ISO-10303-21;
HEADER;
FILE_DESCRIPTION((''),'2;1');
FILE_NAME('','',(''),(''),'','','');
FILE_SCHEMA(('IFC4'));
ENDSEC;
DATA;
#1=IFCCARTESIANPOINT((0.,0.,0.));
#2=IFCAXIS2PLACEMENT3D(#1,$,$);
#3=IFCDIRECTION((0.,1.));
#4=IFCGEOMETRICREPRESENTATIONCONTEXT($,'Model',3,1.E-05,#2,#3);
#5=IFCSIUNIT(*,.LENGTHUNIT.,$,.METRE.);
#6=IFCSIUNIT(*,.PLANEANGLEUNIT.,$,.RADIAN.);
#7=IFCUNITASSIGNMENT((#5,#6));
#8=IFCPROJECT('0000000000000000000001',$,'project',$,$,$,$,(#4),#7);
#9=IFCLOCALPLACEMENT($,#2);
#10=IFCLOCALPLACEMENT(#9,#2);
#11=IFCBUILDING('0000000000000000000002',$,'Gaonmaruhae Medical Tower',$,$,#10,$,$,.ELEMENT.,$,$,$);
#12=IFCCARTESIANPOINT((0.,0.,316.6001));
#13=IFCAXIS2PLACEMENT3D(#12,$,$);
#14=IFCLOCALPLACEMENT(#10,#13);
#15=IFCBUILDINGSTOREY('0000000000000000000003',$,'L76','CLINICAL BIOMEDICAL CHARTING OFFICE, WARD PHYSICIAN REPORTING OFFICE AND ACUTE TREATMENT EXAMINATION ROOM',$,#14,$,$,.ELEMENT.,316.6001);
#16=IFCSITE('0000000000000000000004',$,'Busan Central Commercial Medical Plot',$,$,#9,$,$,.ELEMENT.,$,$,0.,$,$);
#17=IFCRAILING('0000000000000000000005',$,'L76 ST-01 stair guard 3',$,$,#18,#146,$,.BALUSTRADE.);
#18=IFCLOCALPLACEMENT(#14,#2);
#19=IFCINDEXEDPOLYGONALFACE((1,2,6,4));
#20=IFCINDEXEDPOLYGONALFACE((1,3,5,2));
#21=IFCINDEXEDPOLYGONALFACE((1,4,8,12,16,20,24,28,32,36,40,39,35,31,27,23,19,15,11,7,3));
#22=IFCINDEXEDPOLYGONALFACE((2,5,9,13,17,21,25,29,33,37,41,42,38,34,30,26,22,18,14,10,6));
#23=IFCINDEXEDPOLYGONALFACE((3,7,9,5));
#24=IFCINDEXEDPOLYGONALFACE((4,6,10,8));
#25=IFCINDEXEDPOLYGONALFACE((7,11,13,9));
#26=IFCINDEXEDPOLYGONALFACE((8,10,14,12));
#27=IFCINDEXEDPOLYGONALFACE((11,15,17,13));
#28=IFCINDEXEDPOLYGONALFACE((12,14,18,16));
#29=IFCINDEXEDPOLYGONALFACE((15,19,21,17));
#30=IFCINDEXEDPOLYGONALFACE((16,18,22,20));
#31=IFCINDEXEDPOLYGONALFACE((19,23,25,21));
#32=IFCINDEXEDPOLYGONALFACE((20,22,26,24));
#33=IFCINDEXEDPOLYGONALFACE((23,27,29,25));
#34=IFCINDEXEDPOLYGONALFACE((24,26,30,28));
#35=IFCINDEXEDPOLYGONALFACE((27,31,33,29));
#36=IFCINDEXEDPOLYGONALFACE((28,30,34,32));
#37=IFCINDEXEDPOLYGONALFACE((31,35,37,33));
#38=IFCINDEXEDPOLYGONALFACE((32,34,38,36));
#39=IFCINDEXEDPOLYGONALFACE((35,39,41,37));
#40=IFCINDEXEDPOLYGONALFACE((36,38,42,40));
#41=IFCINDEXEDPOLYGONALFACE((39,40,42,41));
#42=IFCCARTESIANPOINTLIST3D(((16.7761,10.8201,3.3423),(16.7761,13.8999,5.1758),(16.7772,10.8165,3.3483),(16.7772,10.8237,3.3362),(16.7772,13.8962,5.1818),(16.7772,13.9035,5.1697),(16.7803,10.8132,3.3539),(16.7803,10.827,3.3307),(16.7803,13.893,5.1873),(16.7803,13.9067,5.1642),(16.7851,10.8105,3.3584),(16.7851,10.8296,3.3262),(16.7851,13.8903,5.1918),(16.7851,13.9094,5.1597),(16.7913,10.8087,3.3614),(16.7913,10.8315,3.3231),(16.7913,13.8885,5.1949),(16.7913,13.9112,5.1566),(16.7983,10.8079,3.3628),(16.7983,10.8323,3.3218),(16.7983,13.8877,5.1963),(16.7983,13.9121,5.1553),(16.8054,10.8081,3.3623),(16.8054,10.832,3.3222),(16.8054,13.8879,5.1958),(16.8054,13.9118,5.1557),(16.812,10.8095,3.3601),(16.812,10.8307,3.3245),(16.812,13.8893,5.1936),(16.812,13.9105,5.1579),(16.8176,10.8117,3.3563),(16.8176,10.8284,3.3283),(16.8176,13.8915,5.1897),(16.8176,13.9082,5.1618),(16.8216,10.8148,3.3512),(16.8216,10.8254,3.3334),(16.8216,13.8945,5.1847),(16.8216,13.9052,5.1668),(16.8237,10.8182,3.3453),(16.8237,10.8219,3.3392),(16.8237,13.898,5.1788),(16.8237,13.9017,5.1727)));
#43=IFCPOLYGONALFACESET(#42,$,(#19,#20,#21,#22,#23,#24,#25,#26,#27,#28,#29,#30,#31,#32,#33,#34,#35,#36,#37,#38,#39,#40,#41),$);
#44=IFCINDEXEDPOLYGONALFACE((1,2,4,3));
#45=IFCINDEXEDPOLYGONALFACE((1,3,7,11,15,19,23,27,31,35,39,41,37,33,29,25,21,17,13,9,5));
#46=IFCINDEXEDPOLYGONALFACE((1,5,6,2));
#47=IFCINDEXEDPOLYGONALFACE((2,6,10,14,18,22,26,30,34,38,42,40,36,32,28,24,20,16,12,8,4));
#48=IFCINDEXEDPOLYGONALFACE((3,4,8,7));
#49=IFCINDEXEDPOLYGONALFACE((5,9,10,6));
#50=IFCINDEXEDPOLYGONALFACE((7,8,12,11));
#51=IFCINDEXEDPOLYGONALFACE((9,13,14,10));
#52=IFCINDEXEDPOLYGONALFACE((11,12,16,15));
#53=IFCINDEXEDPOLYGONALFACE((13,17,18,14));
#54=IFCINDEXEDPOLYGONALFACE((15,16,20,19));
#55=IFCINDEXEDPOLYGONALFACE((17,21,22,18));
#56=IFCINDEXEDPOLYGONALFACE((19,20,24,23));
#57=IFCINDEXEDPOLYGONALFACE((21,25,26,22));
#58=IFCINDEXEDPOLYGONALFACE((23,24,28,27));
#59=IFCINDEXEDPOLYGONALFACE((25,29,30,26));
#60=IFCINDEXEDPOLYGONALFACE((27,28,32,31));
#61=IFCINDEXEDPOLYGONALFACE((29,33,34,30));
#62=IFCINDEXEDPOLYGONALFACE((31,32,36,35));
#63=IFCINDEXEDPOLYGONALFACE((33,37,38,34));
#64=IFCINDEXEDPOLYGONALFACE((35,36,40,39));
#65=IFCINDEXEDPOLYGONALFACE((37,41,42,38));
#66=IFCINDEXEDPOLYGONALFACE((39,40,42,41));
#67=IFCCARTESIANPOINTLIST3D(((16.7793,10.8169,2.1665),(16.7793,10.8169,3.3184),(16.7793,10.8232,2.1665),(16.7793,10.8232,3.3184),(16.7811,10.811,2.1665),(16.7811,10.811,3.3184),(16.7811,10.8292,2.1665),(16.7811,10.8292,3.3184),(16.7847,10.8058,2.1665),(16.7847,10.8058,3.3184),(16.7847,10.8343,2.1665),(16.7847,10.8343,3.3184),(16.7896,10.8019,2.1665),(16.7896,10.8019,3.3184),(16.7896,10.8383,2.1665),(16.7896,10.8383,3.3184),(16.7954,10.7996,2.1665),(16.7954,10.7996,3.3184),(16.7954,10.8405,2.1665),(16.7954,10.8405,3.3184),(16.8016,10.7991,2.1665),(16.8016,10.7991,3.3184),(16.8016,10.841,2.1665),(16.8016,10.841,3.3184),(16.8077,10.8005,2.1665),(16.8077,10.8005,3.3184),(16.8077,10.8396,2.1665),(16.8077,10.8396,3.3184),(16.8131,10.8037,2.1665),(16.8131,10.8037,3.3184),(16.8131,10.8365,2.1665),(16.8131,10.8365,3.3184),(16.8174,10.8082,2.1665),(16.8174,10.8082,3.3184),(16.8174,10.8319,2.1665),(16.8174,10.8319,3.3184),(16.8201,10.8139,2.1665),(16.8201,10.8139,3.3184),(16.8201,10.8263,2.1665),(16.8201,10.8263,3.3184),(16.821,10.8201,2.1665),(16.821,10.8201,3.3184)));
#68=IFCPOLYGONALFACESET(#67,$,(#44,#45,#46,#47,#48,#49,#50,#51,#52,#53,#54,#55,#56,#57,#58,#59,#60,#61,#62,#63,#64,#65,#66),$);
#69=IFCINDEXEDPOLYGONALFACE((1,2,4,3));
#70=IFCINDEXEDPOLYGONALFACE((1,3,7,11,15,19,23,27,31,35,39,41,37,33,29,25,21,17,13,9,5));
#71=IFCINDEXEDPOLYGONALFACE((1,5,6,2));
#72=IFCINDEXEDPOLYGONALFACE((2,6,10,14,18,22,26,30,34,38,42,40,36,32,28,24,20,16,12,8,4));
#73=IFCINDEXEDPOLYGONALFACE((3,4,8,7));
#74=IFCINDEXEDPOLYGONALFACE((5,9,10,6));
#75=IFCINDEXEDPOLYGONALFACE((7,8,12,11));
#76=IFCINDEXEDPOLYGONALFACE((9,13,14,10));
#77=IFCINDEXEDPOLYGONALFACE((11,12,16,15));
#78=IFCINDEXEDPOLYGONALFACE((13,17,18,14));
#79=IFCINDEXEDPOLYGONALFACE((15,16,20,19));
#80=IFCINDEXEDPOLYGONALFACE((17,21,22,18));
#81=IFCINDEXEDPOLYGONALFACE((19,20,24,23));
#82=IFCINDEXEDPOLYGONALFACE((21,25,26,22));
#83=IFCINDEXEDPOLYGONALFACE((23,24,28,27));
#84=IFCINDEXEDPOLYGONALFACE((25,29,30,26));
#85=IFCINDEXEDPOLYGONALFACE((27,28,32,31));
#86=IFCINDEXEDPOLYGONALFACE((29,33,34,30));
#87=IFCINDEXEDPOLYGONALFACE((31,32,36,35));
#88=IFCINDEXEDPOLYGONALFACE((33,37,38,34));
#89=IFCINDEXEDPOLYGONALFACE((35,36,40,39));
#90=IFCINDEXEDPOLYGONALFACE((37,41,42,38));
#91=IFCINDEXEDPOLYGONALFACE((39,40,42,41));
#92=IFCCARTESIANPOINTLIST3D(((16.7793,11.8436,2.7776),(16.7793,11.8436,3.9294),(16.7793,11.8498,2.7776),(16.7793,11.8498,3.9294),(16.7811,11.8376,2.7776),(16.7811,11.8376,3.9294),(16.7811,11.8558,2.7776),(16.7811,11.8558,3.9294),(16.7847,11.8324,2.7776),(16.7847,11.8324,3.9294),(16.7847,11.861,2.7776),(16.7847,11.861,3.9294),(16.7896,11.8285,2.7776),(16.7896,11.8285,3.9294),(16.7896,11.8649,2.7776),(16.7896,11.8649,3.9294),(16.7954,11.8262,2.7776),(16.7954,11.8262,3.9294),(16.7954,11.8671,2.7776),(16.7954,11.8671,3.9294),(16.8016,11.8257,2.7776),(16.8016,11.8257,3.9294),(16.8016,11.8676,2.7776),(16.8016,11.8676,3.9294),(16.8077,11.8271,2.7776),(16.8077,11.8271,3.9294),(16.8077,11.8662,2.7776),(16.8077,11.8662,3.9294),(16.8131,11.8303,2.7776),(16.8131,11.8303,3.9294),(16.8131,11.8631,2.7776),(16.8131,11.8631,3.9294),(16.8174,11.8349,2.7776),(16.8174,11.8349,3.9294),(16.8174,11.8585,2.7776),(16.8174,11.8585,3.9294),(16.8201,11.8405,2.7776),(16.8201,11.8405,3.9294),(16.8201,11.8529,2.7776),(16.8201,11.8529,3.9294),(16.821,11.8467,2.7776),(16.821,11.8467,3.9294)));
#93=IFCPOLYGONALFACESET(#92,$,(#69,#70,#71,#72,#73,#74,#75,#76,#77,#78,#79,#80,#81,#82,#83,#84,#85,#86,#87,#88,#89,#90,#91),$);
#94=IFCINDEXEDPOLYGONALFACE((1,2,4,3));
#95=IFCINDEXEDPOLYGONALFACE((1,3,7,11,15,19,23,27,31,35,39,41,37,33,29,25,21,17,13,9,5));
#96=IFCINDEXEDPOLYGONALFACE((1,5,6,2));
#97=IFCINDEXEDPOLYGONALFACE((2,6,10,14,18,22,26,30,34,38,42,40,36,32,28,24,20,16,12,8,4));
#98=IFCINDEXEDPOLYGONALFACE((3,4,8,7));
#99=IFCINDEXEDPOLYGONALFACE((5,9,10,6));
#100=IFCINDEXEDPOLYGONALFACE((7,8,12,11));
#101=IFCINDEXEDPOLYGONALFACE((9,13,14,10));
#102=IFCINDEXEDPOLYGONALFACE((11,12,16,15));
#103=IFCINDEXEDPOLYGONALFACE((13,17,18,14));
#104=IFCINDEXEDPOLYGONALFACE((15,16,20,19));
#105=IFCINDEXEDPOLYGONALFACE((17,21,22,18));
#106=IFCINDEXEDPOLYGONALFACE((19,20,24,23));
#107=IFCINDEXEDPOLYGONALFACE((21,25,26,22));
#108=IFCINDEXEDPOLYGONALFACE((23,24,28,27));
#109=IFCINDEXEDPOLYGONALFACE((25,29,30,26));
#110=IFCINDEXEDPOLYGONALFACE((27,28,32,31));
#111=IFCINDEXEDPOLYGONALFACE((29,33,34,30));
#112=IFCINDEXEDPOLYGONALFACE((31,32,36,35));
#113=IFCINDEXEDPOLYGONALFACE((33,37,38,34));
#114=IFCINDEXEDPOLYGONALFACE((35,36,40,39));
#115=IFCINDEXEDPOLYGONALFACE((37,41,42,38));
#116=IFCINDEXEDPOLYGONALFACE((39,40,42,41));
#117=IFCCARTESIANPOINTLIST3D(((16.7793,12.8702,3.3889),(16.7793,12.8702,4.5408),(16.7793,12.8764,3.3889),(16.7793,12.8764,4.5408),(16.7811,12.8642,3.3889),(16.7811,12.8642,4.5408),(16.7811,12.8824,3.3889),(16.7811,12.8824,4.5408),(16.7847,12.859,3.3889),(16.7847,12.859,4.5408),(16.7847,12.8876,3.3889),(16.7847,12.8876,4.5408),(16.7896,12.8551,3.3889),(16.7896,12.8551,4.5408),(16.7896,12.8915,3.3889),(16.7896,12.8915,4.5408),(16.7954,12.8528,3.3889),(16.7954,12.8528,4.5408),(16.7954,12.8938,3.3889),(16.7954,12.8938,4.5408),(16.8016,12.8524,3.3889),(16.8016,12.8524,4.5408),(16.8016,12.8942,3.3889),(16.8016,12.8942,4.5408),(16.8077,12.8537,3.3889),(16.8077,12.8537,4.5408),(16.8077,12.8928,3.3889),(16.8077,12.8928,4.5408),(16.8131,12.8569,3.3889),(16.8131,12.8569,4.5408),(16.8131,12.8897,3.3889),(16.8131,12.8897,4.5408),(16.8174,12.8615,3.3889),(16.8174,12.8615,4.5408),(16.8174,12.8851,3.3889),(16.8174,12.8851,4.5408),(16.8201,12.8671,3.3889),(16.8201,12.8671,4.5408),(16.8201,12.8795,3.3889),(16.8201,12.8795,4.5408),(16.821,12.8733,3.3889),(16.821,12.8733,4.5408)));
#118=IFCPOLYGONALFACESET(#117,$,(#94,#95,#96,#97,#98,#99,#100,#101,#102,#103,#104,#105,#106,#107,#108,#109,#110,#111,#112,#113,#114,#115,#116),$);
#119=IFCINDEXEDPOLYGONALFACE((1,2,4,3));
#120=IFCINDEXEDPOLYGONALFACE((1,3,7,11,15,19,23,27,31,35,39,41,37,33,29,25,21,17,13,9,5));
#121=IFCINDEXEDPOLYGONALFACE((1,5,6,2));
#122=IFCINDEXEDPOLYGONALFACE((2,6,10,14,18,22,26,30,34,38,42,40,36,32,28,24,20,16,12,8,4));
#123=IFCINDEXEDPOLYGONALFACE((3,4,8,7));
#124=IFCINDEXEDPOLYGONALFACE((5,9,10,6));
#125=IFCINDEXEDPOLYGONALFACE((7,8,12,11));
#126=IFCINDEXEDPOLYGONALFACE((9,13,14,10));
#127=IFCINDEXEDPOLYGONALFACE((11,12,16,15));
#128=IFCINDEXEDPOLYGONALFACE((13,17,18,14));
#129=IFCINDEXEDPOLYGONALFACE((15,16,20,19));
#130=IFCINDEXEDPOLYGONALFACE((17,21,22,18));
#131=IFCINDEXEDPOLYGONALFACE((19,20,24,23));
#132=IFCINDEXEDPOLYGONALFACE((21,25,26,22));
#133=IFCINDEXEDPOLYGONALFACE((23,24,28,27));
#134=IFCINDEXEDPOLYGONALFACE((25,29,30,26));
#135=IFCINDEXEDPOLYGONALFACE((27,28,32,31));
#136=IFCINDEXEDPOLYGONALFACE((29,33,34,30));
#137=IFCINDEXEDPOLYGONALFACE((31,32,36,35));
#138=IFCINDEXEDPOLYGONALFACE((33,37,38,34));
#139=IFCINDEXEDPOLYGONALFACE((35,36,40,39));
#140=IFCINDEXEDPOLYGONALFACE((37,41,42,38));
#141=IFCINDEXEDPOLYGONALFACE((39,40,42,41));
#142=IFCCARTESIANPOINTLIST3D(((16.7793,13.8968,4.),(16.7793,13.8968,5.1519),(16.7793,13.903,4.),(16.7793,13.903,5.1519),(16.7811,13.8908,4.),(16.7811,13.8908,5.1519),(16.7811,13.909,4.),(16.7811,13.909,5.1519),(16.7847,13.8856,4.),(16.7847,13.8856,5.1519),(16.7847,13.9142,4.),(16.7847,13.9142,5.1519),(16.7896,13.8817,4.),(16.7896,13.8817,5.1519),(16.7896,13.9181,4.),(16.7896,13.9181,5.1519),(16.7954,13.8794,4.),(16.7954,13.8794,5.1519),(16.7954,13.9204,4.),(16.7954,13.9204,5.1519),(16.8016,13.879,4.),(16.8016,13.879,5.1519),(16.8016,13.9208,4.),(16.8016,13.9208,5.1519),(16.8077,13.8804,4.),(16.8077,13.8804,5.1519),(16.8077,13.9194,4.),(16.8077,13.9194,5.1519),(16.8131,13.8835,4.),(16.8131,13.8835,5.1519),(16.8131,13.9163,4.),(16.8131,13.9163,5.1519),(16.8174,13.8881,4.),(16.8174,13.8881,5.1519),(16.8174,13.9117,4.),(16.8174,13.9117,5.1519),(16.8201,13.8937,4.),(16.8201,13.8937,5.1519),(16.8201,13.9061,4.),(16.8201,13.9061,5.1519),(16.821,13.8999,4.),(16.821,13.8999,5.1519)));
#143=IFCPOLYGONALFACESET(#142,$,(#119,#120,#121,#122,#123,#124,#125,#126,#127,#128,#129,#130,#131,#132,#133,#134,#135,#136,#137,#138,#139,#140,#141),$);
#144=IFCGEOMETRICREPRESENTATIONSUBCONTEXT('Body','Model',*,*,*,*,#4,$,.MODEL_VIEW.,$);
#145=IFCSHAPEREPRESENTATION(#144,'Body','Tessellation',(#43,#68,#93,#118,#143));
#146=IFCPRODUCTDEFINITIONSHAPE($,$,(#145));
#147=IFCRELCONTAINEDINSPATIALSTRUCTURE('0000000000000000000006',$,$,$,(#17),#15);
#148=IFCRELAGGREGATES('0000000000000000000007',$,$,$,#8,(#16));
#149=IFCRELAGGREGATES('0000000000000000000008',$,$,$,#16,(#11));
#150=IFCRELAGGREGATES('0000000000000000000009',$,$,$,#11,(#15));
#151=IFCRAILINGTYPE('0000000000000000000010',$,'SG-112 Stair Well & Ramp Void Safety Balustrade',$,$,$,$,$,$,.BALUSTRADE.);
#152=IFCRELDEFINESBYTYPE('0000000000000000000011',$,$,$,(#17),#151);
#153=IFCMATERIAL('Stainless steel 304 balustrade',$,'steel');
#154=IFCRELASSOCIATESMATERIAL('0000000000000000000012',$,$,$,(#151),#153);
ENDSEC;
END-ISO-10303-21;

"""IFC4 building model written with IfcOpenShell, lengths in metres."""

from ifc_helpers import new_model, si_unit, direction, frame, origin, origin_2d, place, context, subcontext, project, spatial, circle, extrude, material, type_object, element, save


model = new_model("IFC4")

# Units and contexts
model_context = context("Model", 3, precision=1e-05, world=origin(), true_north=direction((0.0, 1.0)))
body_context = subcontext(model_context, "Body", "Model", "MODEL_VIEW")
ifc_project = project(units=[si_unit("LENGTHUNIT", "METRE"), si_unit("PLANEANGLEUNIT", "RADIAN")], contexts=[model_context])

# Site, building, storey
site_placement = place(None, origin())
site = spatial("IfcSite", under=ifc_project, at=site_placement, Name="Busan Central Commercial Medical Plot", CompositionType="ELEMENT", RefElevation=0.0)
building_placement = place(site_placement, origin())
building = spatial("IfcBuilding", under=site, at=building_placement, Name="Gaonmaruhae Medical Tower", CompositionType="ELEMENT")
storey_placement = place(building_placement, frame((0.0, 0.0, 316.6001)))
storey = spatial("IfcBuildingStorey", under=building, at=storey_placement, Name="L76", Description="CLINICAL BIOMEDICAL CHARTING OFFICE, WARD PHYSICIAN REPORTING OFFICE AND ACUTE TREATMENT EXAMINATION ROOM", CompositionType="ELEMENT", Elevation=316.6001)

# Railing
ifc_material_1 = material(Name="Stainless steel 304 balustrade", Category="steel")
railing_type_1 = type_object("IfcRailingType", Name="SG-112 Stair Well & Ramp Void Safety Balustrade", PredefinedType="BALUSTRADE", material=ifc_material_1)
railing_1_placement = place(storey_placement, frame((16.8, 10.8201, 2.1665)))
element("IfcRailing", 1, at=railing_1_placement, inside=storey, type_object=railing_type_1, Name="L76 ST-01 stair guard 3", PredefinedType="BALUSTRADE", context=body_context, shape_type="SweptSolid", body=[
    extrude(circle(Radius=0.0239, at=origin_2d()), frame((0.0, 0.0, 1.1758), z_axis=(0.0, 0.859261, 0.511538), x_axis=(-1.0, 0.0, 0.0)), (0.0, 0.0, 1.0), 3.5842),
    extrude(circle(Radius=0.021, at=origin_2d()), origin(), (0.0, 0.0, 1.0), 1.1519),
    extrude(circle(Radius=0.021, at=origin_2d()), frame((0.0, 1.0266, 0.6111)), (0.0, 0.0, 1.0), 1.1519),
    extrude(circle(Radius=0.021, at=origin_2d()), frame((0.0, 2.0532, 1.2224)), (0.0, 0.0, 1.0), 1.1519),
    extrude(circle(Radius=0.021, at=origin_2d()), frame((0.0, 3.0798, 1.8335)), (0.0, 0.0, 1.0), 1.1519),
])

save(model, "model.ifc")
